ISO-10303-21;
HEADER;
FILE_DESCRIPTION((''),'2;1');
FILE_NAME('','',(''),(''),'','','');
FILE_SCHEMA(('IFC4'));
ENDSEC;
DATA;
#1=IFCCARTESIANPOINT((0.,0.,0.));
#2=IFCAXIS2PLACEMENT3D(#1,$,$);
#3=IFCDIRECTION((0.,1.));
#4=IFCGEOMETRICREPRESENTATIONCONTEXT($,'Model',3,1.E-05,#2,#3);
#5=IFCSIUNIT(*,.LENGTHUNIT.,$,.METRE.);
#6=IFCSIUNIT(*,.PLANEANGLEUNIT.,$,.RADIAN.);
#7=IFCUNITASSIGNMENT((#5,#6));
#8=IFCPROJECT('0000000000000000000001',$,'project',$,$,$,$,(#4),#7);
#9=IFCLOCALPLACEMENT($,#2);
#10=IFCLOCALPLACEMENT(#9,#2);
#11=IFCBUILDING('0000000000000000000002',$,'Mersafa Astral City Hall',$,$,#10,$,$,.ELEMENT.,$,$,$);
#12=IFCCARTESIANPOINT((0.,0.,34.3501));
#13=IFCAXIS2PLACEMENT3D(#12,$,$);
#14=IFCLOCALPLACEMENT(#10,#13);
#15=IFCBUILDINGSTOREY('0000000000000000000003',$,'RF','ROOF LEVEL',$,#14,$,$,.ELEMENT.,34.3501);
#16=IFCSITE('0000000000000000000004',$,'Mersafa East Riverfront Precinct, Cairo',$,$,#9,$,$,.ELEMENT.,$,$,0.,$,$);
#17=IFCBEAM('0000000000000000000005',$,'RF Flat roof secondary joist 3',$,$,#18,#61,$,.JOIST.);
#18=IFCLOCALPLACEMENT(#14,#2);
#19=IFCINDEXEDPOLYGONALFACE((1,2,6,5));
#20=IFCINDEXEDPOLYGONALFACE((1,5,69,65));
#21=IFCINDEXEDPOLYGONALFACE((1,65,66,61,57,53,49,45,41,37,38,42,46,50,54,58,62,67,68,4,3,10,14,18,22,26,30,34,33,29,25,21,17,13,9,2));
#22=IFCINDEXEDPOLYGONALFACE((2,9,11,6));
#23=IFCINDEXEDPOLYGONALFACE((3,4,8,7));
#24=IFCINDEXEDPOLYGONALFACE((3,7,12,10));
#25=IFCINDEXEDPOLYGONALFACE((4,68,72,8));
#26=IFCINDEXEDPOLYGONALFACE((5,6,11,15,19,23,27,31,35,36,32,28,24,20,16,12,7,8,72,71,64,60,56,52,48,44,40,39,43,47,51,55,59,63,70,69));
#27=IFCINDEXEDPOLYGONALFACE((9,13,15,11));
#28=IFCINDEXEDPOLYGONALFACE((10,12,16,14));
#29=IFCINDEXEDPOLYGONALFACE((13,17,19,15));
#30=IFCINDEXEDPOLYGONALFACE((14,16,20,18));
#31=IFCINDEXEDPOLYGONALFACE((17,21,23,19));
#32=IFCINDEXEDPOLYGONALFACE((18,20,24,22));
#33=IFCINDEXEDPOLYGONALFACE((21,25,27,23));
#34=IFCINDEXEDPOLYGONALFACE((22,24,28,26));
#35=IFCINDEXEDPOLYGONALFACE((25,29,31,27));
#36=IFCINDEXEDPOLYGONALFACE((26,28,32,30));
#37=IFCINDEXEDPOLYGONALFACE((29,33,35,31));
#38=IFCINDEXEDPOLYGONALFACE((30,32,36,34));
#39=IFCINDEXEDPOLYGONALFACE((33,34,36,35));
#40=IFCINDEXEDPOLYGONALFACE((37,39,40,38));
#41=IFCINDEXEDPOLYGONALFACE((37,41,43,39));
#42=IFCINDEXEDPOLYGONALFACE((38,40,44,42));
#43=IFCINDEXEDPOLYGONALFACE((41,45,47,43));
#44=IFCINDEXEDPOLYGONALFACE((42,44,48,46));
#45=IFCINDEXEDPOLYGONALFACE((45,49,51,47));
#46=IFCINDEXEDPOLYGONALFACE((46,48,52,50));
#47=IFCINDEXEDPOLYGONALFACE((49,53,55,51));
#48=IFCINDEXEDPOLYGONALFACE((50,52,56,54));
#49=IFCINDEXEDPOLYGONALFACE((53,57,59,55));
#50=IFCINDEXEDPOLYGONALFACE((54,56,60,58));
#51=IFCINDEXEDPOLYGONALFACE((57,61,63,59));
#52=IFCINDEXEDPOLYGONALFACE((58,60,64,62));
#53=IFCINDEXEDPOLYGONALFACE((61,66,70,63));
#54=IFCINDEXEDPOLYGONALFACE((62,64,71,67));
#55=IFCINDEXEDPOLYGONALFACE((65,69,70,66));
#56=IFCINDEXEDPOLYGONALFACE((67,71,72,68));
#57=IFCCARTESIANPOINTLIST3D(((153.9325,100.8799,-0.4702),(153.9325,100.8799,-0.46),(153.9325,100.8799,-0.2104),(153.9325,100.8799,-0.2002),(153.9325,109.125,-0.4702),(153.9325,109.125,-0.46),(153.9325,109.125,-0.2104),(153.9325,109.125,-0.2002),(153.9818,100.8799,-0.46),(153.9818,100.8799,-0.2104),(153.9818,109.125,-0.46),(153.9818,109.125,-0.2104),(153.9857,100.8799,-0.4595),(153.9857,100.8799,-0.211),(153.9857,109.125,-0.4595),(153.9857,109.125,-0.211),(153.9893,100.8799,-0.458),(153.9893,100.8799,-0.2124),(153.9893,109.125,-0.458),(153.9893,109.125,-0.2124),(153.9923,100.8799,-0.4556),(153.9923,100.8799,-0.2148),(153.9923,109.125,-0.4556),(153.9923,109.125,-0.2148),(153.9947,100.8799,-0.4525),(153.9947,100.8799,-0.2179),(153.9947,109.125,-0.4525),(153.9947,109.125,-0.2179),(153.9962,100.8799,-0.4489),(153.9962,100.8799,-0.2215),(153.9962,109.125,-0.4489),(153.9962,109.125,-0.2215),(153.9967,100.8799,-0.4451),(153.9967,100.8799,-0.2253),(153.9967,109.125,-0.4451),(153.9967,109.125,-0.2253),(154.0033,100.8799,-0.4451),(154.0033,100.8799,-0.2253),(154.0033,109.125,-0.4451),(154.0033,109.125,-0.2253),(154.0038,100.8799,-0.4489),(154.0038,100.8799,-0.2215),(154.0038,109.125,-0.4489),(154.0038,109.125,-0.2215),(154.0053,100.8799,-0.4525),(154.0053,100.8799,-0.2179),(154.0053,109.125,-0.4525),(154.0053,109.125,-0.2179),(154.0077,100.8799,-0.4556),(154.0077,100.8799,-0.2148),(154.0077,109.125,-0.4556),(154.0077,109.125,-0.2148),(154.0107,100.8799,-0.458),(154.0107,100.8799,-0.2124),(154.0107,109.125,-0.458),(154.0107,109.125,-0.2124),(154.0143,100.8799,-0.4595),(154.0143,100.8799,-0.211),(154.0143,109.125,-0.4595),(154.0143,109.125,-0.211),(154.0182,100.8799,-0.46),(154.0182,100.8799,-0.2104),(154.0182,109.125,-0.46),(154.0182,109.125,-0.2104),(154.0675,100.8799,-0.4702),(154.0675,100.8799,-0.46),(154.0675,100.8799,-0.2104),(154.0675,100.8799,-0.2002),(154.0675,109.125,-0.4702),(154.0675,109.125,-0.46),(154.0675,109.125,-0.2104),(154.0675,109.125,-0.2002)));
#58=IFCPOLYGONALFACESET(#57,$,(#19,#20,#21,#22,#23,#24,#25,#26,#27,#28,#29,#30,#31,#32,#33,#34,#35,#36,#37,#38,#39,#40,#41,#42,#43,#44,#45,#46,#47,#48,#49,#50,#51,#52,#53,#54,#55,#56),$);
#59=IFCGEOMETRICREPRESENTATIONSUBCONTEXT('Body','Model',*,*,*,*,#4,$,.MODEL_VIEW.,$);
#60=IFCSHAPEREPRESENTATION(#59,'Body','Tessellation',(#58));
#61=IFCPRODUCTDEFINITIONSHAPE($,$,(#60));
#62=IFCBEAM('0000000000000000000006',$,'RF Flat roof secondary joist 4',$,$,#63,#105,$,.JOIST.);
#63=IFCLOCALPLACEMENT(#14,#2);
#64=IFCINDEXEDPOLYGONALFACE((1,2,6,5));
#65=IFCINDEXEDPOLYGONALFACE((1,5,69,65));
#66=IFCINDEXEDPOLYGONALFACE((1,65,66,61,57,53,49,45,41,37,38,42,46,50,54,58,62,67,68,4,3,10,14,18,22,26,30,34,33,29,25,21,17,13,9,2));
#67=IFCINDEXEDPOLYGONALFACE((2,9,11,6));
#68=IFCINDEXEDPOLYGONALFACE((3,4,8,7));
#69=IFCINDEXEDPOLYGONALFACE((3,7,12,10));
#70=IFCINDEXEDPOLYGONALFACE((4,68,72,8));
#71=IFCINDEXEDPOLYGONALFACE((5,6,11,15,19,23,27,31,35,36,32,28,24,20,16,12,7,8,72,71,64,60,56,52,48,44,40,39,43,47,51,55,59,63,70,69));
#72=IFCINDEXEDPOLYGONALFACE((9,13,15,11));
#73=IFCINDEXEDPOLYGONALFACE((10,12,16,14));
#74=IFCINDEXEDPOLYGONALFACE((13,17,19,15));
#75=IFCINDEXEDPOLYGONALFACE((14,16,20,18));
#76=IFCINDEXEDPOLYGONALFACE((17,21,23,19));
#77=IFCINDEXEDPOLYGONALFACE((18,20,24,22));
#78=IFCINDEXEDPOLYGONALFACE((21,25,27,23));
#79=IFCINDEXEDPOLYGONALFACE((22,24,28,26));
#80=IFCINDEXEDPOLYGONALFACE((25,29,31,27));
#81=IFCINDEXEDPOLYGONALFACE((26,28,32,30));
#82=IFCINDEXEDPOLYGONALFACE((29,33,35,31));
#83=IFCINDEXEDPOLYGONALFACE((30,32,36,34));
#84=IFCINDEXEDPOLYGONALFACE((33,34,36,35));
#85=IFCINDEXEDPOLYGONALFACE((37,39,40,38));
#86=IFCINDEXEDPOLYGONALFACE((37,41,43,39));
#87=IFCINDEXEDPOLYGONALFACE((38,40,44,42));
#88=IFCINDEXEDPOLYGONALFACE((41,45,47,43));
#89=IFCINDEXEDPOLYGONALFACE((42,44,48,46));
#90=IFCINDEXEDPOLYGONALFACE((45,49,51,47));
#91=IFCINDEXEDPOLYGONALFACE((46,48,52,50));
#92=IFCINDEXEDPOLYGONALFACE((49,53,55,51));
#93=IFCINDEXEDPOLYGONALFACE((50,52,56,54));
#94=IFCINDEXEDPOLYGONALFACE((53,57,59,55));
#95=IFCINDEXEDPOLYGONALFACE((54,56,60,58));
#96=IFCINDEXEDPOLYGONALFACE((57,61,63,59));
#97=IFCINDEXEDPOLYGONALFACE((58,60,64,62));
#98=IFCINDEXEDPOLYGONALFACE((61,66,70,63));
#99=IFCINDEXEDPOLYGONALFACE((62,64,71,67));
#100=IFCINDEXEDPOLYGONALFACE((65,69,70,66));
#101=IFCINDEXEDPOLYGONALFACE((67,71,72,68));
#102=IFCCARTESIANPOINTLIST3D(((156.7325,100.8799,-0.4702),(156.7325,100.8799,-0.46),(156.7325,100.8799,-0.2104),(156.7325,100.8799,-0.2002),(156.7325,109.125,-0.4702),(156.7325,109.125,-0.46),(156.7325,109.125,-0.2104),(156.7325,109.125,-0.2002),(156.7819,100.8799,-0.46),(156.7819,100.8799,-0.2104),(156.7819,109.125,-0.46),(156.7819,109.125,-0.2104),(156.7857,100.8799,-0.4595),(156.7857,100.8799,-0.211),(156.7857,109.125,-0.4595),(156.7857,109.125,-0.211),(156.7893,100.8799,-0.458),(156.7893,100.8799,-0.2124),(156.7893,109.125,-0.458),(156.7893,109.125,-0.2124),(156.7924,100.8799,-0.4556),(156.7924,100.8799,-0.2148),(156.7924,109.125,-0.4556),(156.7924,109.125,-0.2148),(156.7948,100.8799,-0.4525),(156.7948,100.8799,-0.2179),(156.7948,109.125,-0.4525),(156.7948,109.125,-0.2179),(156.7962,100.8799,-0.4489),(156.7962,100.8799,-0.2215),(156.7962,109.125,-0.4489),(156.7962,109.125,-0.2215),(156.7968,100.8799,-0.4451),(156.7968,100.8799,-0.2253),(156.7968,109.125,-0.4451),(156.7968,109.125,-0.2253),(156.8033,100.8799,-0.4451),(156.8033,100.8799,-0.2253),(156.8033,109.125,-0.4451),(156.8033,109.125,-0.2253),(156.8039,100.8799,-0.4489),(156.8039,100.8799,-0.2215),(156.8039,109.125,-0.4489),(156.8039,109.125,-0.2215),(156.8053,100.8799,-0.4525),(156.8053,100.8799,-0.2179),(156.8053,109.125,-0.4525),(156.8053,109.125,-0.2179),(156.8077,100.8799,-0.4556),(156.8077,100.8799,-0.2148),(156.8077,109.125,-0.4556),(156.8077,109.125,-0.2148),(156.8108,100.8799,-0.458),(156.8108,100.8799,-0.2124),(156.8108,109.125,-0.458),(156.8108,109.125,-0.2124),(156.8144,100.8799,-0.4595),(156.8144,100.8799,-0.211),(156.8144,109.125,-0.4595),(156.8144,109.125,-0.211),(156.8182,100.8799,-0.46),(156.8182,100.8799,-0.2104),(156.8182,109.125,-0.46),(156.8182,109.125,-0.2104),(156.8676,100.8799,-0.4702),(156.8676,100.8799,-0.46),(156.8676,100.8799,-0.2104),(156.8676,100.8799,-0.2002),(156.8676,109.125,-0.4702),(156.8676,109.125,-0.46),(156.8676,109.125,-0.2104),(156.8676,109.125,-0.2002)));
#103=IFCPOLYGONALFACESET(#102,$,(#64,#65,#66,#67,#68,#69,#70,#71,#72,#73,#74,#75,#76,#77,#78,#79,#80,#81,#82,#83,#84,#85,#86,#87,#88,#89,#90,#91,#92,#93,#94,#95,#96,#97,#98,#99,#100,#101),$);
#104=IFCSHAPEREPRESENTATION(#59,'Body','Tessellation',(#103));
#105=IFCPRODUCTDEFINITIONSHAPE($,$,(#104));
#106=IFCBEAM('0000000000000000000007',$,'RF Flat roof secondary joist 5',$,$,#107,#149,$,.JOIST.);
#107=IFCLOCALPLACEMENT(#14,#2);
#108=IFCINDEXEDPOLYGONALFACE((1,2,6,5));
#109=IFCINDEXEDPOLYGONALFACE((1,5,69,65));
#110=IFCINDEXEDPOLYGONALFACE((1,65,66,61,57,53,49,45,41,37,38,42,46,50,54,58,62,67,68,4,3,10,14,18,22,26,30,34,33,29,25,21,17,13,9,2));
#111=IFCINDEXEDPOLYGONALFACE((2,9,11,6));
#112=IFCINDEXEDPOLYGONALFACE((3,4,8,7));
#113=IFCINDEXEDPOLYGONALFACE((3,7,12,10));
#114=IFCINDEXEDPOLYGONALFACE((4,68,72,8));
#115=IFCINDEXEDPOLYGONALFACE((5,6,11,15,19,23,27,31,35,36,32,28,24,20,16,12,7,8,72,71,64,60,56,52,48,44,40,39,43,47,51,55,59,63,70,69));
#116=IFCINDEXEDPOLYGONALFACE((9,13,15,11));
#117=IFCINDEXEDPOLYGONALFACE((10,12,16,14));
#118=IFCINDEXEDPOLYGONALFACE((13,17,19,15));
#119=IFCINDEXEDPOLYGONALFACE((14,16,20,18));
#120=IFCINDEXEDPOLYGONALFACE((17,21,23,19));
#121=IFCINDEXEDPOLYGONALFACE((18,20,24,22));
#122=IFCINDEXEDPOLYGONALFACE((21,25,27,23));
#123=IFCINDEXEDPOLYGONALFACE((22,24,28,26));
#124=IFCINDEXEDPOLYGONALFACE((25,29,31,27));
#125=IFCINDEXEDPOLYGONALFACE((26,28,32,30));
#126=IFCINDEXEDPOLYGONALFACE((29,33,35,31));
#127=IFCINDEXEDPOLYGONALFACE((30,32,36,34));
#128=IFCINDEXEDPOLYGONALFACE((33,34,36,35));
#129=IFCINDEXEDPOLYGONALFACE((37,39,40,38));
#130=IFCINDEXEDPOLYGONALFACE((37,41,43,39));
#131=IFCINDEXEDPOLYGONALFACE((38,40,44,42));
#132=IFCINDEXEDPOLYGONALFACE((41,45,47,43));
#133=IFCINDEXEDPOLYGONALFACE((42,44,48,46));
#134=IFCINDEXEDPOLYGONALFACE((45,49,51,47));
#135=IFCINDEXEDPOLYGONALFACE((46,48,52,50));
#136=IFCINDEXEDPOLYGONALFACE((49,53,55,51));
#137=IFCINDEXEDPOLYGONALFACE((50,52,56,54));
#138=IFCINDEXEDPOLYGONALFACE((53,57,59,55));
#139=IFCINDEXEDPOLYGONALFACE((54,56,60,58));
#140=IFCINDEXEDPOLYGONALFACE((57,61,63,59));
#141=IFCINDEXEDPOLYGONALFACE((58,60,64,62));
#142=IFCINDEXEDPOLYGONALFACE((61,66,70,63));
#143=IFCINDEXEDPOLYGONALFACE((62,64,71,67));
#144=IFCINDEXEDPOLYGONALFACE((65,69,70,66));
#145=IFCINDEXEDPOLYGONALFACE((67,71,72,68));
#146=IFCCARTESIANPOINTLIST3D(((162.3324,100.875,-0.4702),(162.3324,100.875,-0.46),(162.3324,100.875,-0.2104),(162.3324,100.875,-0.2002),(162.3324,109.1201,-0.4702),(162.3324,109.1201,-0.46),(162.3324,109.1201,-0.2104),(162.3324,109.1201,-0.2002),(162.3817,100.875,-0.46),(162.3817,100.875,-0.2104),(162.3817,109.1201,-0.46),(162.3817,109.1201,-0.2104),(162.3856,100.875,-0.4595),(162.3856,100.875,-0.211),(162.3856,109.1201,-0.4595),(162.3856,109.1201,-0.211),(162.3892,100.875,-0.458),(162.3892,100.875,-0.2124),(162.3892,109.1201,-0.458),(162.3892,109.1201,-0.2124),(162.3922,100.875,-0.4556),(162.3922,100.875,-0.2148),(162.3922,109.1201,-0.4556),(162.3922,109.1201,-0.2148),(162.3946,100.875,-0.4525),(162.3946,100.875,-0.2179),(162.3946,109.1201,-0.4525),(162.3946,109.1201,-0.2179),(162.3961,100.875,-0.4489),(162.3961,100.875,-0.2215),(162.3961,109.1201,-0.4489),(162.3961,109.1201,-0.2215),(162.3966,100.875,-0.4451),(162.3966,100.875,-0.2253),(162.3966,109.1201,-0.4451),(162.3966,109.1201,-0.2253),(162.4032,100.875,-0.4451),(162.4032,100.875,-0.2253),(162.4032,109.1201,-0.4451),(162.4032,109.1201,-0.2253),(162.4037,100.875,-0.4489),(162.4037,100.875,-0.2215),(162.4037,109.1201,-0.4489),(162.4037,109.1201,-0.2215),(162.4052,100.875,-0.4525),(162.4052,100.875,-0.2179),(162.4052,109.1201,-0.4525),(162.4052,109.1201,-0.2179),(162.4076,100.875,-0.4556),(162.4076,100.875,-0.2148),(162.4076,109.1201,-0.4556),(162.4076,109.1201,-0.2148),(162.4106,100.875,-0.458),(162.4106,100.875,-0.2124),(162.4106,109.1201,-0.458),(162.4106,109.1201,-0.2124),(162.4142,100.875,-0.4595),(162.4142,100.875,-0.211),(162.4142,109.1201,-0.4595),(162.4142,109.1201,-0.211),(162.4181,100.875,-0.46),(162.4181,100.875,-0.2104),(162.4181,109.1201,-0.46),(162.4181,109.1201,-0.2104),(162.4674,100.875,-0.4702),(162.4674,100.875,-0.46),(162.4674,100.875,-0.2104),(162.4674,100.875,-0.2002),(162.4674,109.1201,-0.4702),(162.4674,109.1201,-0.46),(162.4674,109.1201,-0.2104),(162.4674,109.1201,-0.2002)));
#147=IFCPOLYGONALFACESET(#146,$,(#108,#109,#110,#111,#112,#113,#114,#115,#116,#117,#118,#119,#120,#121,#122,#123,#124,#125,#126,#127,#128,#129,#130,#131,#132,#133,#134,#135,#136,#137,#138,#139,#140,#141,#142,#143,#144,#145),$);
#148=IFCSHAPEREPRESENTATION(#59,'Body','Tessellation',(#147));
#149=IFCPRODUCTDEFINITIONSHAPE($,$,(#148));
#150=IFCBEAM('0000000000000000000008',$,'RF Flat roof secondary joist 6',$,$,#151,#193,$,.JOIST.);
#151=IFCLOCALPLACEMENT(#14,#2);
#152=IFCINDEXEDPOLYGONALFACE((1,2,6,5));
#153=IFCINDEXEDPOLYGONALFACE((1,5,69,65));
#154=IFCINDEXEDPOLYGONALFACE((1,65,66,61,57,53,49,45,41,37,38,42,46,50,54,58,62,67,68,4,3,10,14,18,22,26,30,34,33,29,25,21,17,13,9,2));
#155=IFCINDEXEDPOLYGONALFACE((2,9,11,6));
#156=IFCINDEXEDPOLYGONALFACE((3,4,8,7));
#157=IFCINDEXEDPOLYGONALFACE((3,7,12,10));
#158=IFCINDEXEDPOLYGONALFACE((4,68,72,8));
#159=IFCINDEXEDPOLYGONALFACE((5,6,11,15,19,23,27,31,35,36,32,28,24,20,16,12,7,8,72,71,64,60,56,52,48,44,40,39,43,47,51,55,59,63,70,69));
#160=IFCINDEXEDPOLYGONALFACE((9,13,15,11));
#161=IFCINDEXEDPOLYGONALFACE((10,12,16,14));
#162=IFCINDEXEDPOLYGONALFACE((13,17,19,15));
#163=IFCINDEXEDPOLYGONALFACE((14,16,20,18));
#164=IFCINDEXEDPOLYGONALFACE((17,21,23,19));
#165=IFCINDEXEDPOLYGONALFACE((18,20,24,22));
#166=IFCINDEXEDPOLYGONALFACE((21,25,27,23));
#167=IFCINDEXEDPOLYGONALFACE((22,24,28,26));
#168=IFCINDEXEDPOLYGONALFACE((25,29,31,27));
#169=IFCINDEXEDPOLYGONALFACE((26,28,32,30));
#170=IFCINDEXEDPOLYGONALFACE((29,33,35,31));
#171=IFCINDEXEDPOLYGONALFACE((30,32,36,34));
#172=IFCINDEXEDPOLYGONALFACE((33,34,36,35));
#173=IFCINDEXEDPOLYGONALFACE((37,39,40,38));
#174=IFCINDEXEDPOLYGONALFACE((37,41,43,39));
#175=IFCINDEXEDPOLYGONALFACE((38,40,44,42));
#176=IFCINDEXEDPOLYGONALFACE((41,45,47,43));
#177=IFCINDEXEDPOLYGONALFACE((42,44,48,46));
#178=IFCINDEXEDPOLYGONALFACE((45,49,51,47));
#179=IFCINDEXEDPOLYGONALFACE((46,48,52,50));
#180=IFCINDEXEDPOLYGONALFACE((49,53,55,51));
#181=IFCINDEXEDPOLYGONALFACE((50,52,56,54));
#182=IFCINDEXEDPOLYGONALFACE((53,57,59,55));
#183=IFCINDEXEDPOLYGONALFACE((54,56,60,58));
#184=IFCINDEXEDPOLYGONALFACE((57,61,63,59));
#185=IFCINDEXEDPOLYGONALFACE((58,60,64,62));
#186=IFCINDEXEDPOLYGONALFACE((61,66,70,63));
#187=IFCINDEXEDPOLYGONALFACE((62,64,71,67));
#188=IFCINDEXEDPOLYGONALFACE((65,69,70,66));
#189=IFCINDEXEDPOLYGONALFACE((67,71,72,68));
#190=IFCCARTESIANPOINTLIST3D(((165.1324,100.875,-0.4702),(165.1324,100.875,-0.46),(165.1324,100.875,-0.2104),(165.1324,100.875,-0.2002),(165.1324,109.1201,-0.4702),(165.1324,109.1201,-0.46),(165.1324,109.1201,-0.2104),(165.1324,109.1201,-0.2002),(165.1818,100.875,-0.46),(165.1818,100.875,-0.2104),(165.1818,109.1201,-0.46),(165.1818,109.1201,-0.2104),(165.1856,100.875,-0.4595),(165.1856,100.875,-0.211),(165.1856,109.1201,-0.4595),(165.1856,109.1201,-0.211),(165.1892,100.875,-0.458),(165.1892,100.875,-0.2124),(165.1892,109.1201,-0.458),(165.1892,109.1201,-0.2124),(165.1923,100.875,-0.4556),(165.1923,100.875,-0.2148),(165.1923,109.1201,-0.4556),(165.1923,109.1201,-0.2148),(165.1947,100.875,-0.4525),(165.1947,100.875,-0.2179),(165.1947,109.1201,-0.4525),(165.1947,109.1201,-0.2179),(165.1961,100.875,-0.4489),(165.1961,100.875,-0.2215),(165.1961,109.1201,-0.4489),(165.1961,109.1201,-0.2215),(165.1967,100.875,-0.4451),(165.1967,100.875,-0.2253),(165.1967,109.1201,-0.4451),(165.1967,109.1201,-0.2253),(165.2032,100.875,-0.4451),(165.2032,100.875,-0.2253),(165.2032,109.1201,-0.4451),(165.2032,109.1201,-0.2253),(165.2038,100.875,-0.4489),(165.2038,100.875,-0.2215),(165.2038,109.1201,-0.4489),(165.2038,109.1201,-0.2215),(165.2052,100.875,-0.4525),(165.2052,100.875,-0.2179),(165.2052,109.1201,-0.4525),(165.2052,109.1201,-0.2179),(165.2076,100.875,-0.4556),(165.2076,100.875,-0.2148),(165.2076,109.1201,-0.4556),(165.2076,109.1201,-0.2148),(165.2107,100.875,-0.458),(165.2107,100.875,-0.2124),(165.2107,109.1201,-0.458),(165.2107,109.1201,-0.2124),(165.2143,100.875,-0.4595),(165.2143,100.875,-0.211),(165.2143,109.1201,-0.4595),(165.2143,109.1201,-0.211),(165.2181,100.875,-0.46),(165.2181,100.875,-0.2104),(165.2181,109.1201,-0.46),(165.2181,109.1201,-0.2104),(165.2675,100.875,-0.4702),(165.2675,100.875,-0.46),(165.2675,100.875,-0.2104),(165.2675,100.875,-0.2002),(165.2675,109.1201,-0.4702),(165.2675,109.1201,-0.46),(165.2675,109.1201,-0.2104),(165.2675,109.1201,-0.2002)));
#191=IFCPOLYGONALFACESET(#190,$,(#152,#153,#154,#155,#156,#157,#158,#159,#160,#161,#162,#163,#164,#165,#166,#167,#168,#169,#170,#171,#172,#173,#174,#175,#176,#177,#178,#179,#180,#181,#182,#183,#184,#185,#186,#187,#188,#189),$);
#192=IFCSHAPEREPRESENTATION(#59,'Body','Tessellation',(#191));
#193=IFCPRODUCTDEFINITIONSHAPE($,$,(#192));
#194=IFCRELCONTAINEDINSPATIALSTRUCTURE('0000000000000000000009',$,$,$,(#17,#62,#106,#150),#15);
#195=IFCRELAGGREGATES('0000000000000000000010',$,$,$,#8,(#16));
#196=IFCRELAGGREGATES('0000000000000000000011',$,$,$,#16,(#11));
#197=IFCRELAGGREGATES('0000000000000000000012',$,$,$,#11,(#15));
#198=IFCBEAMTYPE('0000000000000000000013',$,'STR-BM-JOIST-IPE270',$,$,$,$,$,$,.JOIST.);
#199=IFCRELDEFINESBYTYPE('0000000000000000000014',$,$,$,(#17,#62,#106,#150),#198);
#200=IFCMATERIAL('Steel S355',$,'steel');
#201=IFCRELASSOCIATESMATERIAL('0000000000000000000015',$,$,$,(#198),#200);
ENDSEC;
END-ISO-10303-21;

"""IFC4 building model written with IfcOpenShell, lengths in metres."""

from ifc_helpers import new_model, si_unit, direction, frame, origin, origin_2d, place, context, subcontext, project, spatial, i_section, extrude, material, material_profile, profile_set, type_object, element, save


model = new_model("IFC4")

# Units and contexts
model_context = context("Model", 3, precision=1e-05, world=origin(), true_north=direction((0.0, 1.0)))
body_context = subcontext(model_context, "Body", "Model", "MODEL_VIEW")
ifc_project = project(units=[si_unit("LENGTHUNIT", "METRE"), si_unit("PLANEANGLEUNIT", "RADIAN")], contexts=[model_context])

# Site, building, storey
site_placement = place(None, origin())
site = spatial("IfcSite", under=ifc_project, at=site_placement, Name="Mersafa East Riverfront Precinct, Cairo", CompositionType="ELEMENT", RefElevation=0.0)
building_placement = place(site_placement, origin())
building = spatial("IfcBuilding", under=site, at=building_placement, Name="Mersafa Astral City Hall", CompositionType="ELEMENT")
storey_placement = place(building_placement, frame((0.0, 0.0, 34.3501)))
storey = spatial("IfcBuildingStorey", under=building, at=storey_placement, Name="RF", Description="ROOF LEVEL", CompositionType="ELEMENT", Elevation=34.3501)

# Shared definitions
ifc_material_1 = material(Name="Steel S355", Category="steel")

# Beams
ifc_material_profile_1 = material_profile(ifc_material_1, i_section(OverallWidth=0.135, OverallDepth=0.27, WebThickness=0.0066, FlangeThickness=0.0103, FilletRadius=0.0149, at=origin_2d()), Name="IPE 270")
ifc_profile_set_1 = profile_set([ifc_material_profile_1], Name="Steel S355")
beam_type_1 = type_object("IfcBeamType", Name="STR-BM-JOIST-IPE270", PredefinedType="JOIST", material=ifc_profile_set_1)
for number, where, z_axis, x_axis, name in (
    (1, (154.0, 100.8799, -0.3352), (0.0, 1.0, 0.0), (-1.0, 0.0, 0.0), "RF Flat roof secondary joist 3"),
    (2, (156.8, 100.8799, -0.3352), (0.0, 1.0, 0.0), (-1.0, 0.0, 0.0), "RF Flat roof secondary joist 4"),
    (3, (162.3999, 100.875, -0.3352), (0.0, 1.0, 0.0), (-1.0, 0.0, 0.0), "RF Flat roof secondary joist 5"),
    (4, (165.2, 100.875, -0.3352), (0.0, 1.0, 0.0), (-1.0, 0.0, 0.0), "RF Flat roof secondary joist 6"),
):
    element("IfcBeam", number, at=place(storey_placement, frame(where, z_axis=z_axis, x_axis=x_axis)), inside=storey, type_object=beam_type_1, Name=name, PredefinedType="JOIST", context=body_context, shape_type="SweptSolid", body=[
        extrude(i_section(OverallWidth=0.135, OverallDepth=0.27, WebThickness=0.0066, FlangeThickness=0.0103, FilletRadius=0.0149, at=origin_2d()), origin(), (0.0, 0.0, 1.0), 8.2451),
    ])

save(model, "model.ifc")
